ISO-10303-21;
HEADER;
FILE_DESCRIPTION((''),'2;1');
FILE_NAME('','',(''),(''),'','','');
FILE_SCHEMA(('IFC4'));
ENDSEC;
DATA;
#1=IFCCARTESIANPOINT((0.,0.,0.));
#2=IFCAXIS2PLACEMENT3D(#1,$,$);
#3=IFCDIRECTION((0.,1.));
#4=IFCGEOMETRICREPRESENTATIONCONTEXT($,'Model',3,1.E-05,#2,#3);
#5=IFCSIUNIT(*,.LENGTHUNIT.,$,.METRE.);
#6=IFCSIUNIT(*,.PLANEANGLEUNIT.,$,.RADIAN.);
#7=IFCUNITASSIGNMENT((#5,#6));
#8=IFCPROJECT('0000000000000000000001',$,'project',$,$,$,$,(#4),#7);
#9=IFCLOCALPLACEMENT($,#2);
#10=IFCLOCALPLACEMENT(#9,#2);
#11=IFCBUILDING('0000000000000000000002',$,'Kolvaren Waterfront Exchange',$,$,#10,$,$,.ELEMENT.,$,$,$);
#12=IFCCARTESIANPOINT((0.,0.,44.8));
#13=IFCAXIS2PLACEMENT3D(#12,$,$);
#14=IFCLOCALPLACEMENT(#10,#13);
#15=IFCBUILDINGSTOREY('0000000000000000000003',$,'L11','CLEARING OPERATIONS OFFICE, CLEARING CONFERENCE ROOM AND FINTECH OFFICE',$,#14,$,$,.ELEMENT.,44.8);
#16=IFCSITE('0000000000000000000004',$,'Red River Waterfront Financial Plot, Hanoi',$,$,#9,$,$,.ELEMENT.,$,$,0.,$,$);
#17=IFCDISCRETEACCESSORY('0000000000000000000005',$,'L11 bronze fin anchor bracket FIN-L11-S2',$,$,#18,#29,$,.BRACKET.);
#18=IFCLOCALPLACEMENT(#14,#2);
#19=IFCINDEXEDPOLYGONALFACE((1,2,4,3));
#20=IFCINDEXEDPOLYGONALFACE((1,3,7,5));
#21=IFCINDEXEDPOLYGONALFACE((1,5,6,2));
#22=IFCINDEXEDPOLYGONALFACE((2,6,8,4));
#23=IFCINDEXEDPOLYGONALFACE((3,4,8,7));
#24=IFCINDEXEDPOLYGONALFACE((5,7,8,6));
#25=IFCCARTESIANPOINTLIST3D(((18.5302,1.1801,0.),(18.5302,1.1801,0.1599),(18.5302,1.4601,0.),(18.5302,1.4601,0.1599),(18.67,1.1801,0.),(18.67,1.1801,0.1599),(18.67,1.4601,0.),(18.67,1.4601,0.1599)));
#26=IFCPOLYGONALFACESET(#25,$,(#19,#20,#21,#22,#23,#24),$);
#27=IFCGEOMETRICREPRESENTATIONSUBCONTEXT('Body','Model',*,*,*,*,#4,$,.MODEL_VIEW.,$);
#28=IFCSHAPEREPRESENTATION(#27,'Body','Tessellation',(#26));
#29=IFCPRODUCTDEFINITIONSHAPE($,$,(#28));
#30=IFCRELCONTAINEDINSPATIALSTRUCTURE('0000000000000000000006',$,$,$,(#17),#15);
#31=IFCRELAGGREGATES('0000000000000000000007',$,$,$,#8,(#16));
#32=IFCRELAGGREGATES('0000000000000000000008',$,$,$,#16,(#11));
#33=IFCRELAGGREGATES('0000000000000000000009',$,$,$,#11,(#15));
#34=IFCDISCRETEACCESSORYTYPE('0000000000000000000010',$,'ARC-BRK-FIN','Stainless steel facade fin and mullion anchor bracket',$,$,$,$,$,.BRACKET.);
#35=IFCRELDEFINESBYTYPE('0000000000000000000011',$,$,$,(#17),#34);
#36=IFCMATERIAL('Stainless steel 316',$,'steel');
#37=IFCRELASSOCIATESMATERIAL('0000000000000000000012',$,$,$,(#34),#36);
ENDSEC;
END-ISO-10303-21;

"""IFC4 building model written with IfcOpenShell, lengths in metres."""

from ifc_helpers import new_model, si_unit, direction, frame, origin, origin_with_axes, origin_2d, place, context, subcontext, project, spatial, rectangle, extrude, source, transform, mapped, material, type_object, element, save


model = new_model("IFC4")

# Units and contexts
model_context = context("Model", 3, precision=1e-05, world=origin(), true_north=direction((0.0, 1.0)))
body_context = subcontext(model_context, "Body", "Model", "MODEL_VIEW")
ifc_project = project(units=[si_unit("LENGTHUNIT", "METRE"), si_unit("PLANEANGLEUNIT", "RADIAN")], contexts=[model_context])

# Site, building, storey
site_placement = place(None, origin())
site = spatial("IfcSite", under=ifc_project, at=site_placement, Name="Red River Waterfront Financial Plot, Hanoi", CompositionType="ELEMENT", RefElevation=0.0)
building_placement = place(site_placement, origin())
building = spatial("IfcBuilding", under=site, at=building_placement, Name="Kolvaren Waterfront Exchange", CompositionType="ELEMENT")
storey_placement = place(building_placement, frame((0.0, 0.0, 44.8)))
storey = spatial("IfcBuildingStorey", under=building, at=storey_placement, Name="L11", Description="CLEARING OPERATIONS OFFICE, CLEARING CONFERENCE ROOM AND FINTECH OFFICE", CompositionType="ELEMENT", Elevation=44.8)

# Shared definitions
ifc_material_1 = material(Name="Stainless steel 316", Category="steel")

# Discrete accessory
discrete_accessory_type = type_object("IfcDiscreteAccessoryType", Name="ARC-BRK-FIN", Description="Stainless steel facade fin and mullion anchor bracket", PredefinedType="BRACKET", material=ifc_material_1)
shared_shape_1 = source(origin_with_axes(), body_context, "Body", "SweptSolid", [
    extrude(rectangle(XDim=0.28, YDim=0.1399, at=origin_2d()), origin(), (0.0, 0.0, 1.0), 0.1599),
])
for number, where, z_axis, x_axis, name in (
    (1, (18.6001, 1.3201, 0.0), (0.0, 0.0, 1.0), (0.0, -1.0, 0.0), "L11 bronze fin anchor bracket FIN-L11-S2"),
):
    element("IfcDiscreteAccessory", number, at=place(storey_placement, frame(where, z_axis=z_axis, x_axis=x_axis)), inside=storey, type_object=discrete_accessory_type, Name=name, PredefinedType="BRACKET", context=body_context, shape_type="MappedRepresentation", body=[
        mapped(shared_shape_1, transform((0.0, 0.0, 0.0), x_axis=(1.0, 0.0, 0.0), y_axis=(0.0, 1.0, 0.0), z_axis=(0.0, 0.0, 1.0), scale=1.0)),
    ])

save(model, "model.ifc")
